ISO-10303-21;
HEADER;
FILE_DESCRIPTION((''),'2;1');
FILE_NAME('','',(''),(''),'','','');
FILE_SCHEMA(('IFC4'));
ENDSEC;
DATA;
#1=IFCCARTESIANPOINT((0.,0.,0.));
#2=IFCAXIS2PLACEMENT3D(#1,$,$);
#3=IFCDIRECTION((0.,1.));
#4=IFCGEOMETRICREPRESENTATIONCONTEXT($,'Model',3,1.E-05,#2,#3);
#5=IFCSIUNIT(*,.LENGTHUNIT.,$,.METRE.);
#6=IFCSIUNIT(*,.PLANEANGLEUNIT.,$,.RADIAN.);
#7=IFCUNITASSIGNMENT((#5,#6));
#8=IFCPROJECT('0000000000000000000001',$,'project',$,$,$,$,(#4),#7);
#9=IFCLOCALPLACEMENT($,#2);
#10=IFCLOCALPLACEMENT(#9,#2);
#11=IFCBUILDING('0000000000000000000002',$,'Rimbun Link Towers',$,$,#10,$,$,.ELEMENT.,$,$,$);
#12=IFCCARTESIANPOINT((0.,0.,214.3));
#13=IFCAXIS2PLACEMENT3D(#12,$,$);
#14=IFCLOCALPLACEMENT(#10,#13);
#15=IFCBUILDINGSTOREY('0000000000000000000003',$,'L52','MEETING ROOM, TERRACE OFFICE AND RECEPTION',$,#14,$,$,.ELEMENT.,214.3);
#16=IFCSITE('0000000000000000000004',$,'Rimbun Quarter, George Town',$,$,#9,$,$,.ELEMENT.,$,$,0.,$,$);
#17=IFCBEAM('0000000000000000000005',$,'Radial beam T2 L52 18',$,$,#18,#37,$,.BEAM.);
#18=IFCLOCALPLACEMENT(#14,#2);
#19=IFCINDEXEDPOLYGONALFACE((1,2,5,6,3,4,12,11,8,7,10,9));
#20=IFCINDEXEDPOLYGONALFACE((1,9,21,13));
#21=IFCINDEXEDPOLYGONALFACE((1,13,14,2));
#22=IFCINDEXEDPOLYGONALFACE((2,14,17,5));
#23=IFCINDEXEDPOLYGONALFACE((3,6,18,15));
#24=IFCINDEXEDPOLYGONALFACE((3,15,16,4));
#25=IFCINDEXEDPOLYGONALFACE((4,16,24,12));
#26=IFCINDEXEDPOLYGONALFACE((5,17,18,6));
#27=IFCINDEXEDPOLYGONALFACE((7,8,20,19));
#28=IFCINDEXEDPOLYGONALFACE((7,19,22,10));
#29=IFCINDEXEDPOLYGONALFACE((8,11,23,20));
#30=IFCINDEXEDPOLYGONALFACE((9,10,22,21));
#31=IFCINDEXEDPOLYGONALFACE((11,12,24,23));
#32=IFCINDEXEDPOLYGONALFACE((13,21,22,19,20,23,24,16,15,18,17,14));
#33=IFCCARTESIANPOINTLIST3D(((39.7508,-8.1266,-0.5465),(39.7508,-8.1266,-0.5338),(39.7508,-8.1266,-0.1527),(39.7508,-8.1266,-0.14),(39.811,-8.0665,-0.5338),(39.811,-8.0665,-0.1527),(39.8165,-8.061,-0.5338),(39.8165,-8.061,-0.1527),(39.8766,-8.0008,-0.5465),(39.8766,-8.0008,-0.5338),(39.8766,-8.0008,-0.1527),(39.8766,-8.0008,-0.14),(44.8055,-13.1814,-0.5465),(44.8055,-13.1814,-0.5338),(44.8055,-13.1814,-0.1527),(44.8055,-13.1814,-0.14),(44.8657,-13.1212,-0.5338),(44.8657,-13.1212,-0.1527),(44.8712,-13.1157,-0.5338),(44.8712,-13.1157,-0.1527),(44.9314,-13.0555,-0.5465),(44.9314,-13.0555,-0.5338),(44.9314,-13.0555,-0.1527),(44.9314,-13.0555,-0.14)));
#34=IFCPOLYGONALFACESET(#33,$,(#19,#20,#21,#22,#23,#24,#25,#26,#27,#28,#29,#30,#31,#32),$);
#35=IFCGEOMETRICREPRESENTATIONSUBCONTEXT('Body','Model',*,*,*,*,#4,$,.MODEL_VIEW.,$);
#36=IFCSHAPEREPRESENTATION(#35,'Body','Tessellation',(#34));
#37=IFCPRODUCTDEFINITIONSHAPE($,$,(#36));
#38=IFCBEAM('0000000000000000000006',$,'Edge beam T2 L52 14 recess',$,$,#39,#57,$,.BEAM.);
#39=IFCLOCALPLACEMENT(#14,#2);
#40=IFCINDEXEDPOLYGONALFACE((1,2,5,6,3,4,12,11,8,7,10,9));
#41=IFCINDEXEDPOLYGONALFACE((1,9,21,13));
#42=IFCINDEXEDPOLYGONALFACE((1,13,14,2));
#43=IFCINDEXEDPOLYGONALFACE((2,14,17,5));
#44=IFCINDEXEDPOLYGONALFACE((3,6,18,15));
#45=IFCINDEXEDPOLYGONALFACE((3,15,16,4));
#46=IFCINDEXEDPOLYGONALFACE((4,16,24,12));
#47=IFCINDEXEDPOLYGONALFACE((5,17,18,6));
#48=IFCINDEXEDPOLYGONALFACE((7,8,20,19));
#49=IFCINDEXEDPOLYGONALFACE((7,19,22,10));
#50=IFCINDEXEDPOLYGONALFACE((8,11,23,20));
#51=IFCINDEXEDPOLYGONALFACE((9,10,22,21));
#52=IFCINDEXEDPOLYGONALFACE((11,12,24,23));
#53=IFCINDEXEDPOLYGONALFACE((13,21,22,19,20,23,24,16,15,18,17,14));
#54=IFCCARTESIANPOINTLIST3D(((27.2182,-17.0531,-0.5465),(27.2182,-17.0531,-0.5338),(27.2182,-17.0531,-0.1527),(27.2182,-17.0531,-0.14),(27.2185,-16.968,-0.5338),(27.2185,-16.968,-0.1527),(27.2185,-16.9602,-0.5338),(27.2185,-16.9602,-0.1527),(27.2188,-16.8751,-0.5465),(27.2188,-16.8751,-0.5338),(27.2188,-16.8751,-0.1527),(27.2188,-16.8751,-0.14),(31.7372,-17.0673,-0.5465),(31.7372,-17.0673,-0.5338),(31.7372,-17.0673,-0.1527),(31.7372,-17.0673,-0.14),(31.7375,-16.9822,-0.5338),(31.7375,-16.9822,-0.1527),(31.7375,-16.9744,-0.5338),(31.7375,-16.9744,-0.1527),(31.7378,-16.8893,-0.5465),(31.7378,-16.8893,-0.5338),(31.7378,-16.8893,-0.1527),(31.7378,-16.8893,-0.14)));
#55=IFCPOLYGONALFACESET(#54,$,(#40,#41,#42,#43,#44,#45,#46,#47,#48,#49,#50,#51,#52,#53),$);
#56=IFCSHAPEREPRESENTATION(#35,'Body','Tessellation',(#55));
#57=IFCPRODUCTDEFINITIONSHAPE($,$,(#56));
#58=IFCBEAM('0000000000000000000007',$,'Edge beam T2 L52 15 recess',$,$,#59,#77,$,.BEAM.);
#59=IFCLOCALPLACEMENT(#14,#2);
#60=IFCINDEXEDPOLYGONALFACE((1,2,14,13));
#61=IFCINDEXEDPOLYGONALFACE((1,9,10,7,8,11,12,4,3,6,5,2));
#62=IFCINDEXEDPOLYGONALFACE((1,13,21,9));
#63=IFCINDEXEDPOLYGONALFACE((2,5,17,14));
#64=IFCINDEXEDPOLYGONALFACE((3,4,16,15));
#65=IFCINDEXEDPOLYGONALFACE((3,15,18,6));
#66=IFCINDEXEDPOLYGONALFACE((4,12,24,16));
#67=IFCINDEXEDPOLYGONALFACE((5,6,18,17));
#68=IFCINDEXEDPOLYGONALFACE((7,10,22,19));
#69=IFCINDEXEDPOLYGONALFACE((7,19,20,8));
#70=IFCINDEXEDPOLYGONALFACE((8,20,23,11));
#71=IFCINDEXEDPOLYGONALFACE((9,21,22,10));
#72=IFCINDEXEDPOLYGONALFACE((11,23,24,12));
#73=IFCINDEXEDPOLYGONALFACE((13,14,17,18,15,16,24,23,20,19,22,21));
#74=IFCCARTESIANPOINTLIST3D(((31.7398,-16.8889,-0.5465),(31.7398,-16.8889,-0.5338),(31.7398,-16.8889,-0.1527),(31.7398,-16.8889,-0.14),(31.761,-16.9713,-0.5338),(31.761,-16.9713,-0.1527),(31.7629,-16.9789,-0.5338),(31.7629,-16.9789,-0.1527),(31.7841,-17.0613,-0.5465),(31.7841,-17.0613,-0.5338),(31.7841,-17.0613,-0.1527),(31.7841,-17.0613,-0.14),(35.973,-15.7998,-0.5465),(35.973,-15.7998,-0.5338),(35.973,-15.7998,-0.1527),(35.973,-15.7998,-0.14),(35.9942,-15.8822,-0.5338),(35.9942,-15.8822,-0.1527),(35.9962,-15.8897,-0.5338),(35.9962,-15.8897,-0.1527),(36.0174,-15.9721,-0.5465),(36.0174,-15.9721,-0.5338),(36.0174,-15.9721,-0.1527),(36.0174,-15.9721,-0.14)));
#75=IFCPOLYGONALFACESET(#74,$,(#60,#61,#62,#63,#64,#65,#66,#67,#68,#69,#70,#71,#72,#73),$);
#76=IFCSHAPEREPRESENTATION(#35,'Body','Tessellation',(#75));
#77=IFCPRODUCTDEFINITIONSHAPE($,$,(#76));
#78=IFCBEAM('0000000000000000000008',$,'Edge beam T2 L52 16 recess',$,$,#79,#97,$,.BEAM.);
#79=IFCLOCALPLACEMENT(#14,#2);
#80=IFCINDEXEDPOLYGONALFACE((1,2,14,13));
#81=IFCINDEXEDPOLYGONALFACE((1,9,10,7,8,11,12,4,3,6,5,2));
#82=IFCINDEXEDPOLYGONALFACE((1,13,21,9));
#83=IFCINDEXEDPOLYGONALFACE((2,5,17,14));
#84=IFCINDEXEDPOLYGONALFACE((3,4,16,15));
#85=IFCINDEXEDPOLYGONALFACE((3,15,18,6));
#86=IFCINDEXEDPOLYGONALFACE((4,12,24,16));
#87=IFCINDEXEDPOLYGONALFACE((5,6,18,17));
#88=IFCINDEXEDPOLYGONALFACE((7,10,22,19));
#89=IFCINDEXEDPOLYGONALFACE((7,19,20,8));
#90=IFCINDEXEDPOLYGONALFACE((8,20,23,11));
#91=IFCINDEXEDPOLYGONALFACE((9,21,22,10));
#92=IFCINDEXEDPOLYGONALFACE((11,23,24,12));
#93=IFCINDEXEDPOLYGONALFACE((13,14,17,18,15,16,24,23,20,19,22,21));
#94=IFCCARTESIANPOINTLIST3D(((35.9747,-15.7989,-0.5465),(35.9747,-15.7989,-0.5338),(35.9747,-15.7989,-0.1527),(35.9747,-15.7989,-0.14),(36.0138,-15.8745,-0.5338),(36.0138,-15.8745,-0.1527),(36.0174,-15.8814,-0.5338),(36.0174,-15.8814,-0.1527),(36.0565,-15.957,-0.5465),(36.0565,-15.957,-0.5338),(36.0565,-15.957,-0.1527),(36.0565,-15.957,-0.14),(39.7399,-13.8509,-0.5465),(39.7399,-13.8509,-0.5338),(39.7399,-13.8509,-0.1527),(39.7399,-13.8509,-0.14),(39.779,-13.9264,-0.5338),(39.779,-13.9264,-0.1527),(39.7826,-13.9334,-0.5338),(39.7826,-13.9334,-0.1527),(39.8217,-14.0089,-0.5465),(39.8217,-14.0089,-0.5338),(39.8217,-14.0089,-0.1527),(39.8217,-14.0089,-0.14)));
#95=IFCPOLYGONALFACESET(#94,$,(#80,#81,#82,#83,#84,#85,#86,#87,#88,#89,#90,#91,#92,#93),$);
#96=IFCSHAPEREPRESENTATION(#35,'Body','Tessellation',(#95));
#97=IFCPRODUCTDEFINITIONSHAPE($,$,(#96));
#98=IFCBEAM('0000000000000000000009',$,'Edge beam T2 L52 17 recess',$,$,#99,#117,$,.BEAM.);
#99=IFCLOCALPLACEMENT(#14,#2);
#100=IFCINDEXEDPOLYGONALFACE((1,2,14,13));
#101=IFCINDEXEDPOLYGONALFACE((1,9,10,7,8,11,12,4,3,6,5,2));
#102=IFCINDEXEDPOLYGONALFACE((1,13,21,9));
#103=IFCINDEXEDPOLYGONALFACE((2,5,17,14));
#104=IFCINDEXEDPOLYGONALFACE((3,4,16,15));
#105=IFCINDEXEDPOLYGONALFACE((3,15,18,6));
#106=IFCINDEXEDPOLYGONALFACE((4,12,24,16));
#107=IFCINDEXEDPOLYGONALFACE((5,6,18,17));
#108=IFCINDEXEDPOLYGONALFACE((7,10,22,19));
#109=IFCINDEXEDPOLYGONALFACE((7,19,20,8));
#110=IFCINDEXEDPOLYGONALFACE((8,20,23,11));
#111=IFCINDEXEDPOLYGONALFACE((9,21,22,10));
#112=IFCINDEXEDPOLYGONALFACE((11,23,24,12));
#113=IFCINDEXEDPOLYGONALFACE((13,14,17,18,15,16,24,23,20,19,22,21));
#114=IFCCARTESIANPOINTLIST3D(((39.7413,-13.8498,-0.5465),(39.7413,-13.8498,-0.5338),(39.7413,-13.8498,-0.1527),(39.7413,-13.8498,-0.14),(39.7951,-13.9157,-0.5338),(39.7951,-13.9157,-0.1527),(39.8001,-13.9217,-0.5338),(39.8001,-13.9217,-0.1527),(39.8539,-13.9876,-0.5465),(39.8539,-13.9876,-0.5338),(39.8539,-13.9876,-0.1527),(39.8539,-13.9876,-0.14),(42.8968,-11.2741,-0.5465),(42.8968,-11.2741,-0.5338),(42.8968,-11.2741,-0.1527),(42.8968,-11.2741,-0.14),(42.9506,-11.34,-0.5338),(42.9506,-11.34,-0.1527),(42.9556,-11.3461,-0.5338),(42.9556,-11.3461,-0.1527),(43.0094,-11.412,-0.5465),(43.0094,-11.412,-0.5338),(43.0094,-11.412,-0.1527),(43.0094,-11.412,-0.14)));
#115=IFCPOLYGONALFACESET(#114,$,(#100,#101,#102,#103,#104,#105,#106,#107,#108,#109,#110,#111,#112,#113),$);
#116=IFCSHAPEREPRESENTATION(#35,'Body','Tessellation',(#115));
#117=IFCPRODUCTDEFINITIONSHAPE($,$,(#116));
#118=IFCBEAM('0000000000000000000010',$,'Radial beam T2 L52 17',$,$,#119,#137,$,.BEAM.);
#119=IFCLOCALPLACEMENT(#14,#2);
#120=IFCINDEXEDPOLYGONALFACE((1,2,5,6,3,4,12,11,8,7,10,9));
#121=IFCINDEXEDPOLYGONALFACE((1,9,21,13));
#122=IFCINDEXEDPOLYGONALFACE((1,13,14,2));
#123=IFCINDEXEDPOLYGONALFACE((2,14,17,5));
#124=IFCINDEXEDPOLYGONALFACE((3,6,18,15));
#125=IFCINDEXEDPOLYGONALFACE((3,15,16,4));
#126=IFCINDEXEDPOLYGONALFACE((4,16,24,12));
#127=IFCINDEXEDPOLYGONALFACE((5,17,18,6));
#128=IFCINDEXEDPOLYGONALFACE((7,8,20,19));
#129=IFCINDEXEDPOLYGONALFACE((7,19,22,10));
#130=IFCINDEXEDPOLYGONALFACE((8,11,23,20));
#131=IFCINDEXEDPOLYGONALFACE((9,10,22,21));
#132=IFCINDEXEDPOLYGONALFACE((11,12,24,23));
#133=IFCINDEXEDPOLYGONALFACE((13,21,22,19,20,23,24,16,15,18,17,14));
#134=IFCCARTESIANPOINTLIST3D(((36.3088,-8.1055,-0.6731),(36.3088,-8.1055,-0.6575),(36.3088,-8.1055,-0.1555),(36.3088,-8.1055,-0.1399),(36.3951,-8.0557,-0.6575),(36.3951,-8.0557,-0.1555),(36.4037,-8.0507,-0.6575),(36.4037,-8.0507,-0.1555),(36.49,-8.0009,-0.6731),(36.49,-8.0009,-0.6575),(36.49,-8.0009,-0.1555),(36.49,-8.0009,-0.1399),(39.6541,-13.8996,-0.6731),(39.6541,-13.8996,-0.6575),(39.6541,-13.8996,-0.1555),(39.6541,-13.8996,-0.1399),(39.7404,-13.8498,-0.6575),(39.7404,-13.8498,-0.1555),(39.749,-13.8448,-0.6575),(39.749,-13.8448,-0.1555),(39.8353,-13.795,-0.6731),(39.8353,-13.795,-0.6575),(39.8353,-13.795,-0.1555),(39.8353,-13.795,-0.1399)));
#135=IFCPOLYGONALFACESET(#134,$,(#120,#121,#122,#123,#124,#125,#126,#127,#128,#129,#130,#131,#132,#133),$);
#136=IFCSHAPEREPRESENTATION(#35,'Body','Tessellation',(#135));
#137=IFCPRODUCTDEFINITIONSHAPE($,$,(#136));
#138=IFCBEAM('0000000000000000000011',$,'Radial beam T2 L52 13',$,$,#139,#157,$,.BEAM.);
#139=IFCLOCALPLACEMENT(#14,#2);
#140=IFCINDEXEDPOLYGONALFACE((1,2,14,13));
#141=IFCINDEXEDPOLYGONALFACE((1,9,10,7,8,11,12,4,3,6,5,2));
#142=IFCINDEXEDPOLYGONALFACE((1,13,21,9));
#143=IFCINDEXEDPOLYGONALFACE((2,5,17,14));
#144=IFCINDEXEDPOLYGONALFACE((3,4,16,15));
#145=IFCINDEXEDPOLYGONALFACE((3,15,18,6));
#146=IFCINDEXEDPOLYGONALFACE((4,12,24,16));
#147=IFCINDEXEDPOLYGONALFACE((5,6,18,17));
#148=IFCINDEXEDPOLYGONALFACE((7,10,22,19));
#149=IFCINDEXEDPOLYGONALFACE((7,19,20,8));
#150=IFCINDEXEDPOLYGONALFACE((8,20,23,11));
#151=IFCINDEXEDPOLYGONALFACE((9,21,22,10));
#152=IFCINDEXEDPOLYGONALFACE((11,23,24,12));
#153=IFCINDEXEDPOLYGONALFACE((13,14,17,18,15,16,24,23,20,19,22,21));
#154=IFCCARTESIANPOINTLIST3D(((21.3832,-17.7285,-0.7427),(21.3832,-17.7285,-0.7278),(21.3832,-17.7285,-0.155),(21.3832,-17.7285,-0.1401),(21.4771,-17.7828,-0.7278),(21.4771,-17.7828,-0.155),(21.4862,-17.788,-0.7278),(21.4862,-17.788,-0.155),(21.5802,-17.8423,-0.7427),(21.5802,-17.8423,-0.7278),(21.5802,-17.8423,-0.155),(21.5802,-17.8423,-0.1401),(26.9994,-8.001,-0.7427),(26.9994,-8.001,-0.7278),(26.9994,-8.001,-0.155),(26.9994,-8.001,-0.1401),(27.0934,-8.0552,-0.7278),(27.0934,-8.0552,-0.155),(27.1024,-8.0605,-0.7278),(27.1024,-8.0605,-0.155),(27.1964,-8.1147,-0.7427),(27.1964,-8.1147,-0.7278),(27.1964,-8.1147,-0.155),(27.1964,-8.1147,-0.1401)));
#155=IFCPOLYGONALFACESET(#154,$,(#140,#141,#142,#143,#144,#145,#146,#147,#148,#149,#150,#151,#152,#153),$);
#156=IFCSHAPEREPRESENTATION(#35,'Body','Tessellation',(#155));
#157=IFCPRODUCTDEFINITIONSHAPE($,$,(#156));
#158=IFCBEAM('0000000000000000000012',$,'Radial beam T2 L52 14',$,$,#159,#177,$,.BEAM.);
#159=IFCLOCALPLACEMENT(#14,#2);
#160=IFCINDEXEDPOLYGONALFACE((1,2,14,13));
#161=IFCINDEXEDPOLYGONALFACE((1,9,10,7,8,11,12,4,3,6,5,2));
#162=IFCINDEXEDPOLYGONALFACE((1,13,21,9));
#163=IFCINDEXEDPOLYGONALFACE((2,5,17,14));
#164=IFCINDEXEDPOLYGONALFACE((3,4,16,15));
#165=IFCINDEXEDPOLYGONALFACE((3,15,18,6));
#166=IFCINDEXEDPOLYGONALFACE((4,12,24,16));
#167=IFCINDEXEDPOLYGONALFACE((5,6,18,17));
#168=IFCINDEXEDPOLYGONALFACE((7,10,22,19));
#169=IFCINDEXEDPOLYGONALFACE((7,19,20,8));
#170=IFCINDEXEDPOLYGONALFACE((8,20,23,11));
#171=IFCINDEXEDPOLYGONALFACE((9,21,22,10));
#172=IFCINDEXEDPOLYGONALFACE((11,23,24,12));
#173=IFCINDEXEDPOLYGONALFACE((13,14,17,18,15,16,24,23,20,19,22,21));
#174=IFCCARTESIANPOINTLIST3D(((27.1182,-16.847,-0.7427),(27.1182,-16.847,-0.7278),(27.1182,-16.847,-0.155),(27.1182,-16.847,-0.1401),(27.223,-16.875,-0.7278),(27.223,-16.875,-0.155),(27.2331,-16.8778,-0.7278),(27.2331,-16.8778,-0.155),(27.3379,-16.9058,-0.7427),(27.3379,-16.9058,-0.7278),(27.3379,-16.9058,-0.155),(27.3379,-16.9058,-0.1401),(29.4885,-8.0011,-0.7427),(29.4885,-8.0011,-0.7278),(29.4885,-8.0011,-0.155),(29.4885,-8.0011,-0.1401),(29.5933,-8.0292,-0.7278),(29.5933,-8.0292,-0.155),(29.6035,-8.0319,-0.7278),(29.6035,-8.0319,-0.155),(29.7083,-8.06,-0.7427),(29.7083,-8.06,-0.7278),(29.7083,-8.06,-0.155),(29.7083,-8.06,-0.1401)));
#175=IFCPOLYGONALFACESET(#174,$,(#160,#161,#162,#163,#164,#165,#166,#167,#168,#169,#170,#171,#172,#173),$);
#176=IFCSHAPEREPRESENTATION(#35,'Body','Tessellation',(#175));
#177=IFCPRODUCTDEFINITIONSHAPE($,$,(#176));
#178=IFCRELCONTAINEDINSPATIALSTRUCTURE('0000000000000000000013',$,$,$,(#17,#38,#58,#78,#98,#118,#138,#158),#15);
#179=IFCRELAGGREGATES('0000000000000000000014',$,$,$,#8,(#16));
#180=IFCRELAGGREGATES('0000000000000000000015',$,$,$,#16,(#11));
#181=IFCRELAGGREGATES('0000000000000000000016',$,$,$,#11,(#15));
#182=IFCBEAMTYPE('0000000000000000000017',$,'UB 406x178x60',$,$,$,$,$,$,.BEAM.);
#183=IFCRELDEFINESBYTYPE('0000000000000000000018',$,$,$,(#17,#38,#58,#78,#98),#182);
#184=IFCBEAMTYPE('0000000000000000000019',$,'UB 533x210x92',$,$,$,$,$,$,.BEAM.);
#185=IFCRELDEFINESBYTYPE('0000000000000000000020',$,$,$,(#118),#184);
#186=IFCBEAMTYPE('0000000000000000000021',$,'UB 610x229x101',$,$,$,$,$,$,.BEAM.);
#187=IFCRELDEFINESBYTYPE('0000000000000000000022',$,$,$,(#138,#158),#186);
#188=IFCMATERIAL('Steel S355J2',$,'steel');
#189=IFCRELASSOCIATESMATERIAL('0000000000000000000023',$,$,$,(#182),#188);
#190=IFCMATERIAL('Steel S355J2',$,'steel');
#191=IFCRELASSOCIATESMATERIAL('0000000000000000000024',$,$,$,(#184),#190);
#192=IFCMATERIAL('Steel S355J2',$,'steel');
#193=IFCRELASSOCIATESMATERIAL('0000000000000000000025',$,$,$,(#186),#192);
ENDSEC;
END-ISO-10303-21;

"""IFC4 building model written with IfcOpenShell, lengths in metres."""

from ifc_helpers import new_model, si_unit, direction, frame, origin, origin_2d, place, context, subcontext, project, spatial, i_section, extrude, material, material_profile, profile_set, type_object, element, save


model = new_model("IFC4")

# Units and contexts
model_context = context("Model", 3, precision=1e-05, world=origin(), true_north=direction((0.0, 1.0)))
body_context = subcontext(model_context, "Body", "Model", "MODEL_VIEW")
ifc_project = project(units=[si_unit("LENGTHUNIT", "METRE"), si_unit("PLANEANGLEUNIT", "RADIAN")], contexts=[model_context])

# Site, building, storey
site_placement = place(None, origin())
site = spatial("IfcSite", under=ifc_project, at=site_placement, Name="Rimbun Quarter, George Town", CompositionType="ELEMENT", RefElevation=0.0)
building_placement = place(site_placement, origin())
building = spatial("IfcBuilding", under=site, at=building_placement, Name="Rimbun Link Towers", CompositionType="ELEMENT")
storey_placement = place(building_placement, frame((0.0, 0.0, 214.3)))
storey = spatial("IfcBuildingStorey", under=building, at=storey_placement, Name="L52", Description="MEETING ROOM, TERRACE OFFICE AND RECEPTION", CompositionType="ELEMENT", Elevation=214.3)

# Beams
ifc_material_1 = material(Name="Steel S355J2", Category="steel")
ifc_material_profile_1 = material_profile(ifc_material_1, i_section(OverallWidth=0.178, OverallDepth=0.4065, WebThickness=0.0078, FlangeThickness=0.0127, at=origin_2d()), Name="UB 406x178x60")
ifc_profile_set_1 = profile_set([ifc_material_profile_1], Name="Steel S355J2")
beam_type_1 = type_object("IfcBeamType", Name="UB 406x178x60", PredefinedType="BEAM", material=ifc_profile_set_1)
beam_1_placement = place(storey_placement, frame((39.8137, -8.0637, -0.3433), z_axis=(0.707107, -0.707107, 0.0), x_axis=(0.707107, 0.707107, 0.0)))
element("IfcBeam", 1, at=beam_1_placement, inside=storey, type_object=beam_type_1, Name="Radial beam T2 L52 18", PredefinedType="BEAM", context=body_context, shape_type="SweptSolid", body=[
    extrude(i_section(OverallWidth=0.178, OverallDepth=0.4065, WebThickness=0.0078, FlangeThickness=0.0127, at=origin_2d()), origin(), (0.0, 0.0, 1.0), 7.1484),
])
beam_2_placement = place(storey_placement, frame((27.2185, -16.9641, -0.3433), z_axis=(0.999995, -0.003133, 0.0), x_axis=(0.003133, 0.999995, 0.0)))
element("IfcBeam", 2, at=beam_2_placement, inside=storey, type_object=beam_type_1, Name="Edge beam T2 L52 14 recess", PredefinedType="BEAM", context=body_context, shape_type="SweptSolid", body=[
    extrude(i_section(OverallWidth=0.178, OverallDepth=0.4065, WebThickness=0.0078, FlangeThickness=0.0127, at=origin_2d()), origin(), (0.0, 0.0, 1.0), 4.519),
])
beam_3_placement = place(storey_placement, frame((31.762, -16.9751, -0.3433), z_axis=(0.968461, 0.249167, 0.0), x_axis=(-0.249167, 0.968461, 0.0)))
element("IfcBeam", 3, at=beam_3_placement, inside=storey, type_object=beam_type_1, Name="Edge beam T2 L52 15 recess", PredefinedType="BEAM", context=body_context, shape_type="SweptSolid", body=[
    extrude(i_section(OverallWidth=0.178, OverallDepth=0.4065, WebThickness=0.0078, FlangeThickness=0.0127, at=origin_2d()), origin(), (0.0, 0.0, 1.0), 4.3711),
])
beam_4_placement = place(storey_placement, frame((36.0156, -15.8779, -0.3433), z_axis=(0.888168, 0.459518, 0.0), x_axis=(-0.459518, 0.888168, 0.0)))
element("IfcBeam", 4, at=beam_4_placement, inside=storey, type_object=beam_type_1, Name="Edge beam T2 L52 16 recess", PredefinedType="BEAM", context=body_context, shape_type="SweptSolid", body=[
    extrude(i_section(OverallWidth=0.178, OverallDepth=0.4065, WebThickness=0.0078, FlangeThickness=0.0127, at=origin_2d()), origin(), (0.0, 0.0, 1.0), 4.2393),
])
beam_5_placement = place(storey_placement, frame((39.7976, -13.9187, -0.3433), z_axis=(0.774691, 0.63234, 0.0), x_axis=(-0.63234, 0.774691, 0.0)))
element("IfcBeam", 5, at=beam_5_placement, inside=storey, type_object=beam_type_1, Name="Edge beam T2 L52 17 recess", PredefinedType="BEAM", context=body_context, shape_type="SweptSolid", body=[
    extrude(i_section(OverallWidth=0.178, OverallDepth=0.4065, WebThickness=0.0078, FlangeThickness=0.0127, at=origin_2d()), origin(), (0.0, 0.0, 1.0), 4.0732),
])
ifc_material_2 = material(Name="Steel S355J2", Category="steel")
ifc_material_profile_2 = material_profile(ifc_material_2, i_section(OverallWidth=0.2092, OverallDepth=0.5332, WebThickness=0.01, FlangeThickness=0.0156, at=origin_2d()), Name="UB 533x210x92")
ifc_profile_set_2 = profile_set([ifc_material_profile_2], Name="Steel S355J2")
beam_type_2 = type_object("IfcBeamType", Name="UB 533x210x92", PredefinedType="BEAM", material=ifc_profile_set_2)
beam_6_placement = place(storey_placement, frame((36.3994, -8.0532, -0.4065), z_axis=(0.500009, -0.86602, 0.0), x_axis=(0.86602, 0.500009, 0.0)))
element("IfcBeam", 6, at=beam_6_placement, inside=storey, type_object=beam_type_2, Name="Radial beam T2 L52 17", PredefinedType="BEAM", context=body_context, shape_type="SweptSolid", body=[
    extrude(i_section(OverallWidth=0.2092, OverallDepth=0.5332, WebThickness=0.01, FlangeThickness=0.0156, at=origin_2d()), origin(), (0.0, 0.0, 1.0), 6.6904),
])
ifc_material_3 = material(Name="Steel S355J2", Category="steel")
ifc_material_profile_3 = material_profile(ifc_material_3, i_section(OverallWidth=0.2275, OverallDepth=0.6025, WebThickness=0.0105, FlangeThickness=0.0149, at=origin_2d()), Name="UB 610x229x101")
ifc_profile_set_3 = profile_set([ifc_material_profile_3], Name="Steel S355J2")
beam_type_3 = type_object("IfcBeamType", Name="UB 610x229x101", PredefinedType="BEAM", material=ifc_profile_set_3)
beam_7_placement = place(storey_placement, frame((27.0979, -8.0579, -0.4414), z_axis=(-0.500001, -0.866025, 0.0), x_axis=(0.866025, -0.500001, 0.0)))
element("IfcBeam", 7, at=beam_7_placement, inside=storey, type_object=beam_type_3, Name="Radial beam T2 L52 13", PredefinedType="BEAM", context=body_context, shape_type="SweptSolid", body=[
    extrude(i_section(OverallWidth=0.2275, OverallDepth=0.6025, WebThickness=0.0105, FlangeThickness=0.0149, at=origin_2d()), origin(), (0.0, 0.0, 1.0), 11.2324),
])
beam_8_placement = place(storey_placement, frame((29.5984, -8.0305, -0.4414), z_axis=(-0.258829, -0.965923, 0.0), x_axis=(0.965923, -0.258829, 0.0)))
element("IfcBeam", 8, at=beam_8_placement, inside=storey, type_object=beam_type_3, Name="Radial beam T2 L52 14", PredefinedType="BEAM", context=body_context, shape_type="SweptSolid", body=[
    extrude(i_section(OverallWidth=0.2275, OverallDepth=0.6025, WebThickness=0.0105, FlangeThickness=0.0149, at=origin_2d()), origin(), (0.0, 0.0, 1.0), 9.158),
])

save(model, "model.ifc")
